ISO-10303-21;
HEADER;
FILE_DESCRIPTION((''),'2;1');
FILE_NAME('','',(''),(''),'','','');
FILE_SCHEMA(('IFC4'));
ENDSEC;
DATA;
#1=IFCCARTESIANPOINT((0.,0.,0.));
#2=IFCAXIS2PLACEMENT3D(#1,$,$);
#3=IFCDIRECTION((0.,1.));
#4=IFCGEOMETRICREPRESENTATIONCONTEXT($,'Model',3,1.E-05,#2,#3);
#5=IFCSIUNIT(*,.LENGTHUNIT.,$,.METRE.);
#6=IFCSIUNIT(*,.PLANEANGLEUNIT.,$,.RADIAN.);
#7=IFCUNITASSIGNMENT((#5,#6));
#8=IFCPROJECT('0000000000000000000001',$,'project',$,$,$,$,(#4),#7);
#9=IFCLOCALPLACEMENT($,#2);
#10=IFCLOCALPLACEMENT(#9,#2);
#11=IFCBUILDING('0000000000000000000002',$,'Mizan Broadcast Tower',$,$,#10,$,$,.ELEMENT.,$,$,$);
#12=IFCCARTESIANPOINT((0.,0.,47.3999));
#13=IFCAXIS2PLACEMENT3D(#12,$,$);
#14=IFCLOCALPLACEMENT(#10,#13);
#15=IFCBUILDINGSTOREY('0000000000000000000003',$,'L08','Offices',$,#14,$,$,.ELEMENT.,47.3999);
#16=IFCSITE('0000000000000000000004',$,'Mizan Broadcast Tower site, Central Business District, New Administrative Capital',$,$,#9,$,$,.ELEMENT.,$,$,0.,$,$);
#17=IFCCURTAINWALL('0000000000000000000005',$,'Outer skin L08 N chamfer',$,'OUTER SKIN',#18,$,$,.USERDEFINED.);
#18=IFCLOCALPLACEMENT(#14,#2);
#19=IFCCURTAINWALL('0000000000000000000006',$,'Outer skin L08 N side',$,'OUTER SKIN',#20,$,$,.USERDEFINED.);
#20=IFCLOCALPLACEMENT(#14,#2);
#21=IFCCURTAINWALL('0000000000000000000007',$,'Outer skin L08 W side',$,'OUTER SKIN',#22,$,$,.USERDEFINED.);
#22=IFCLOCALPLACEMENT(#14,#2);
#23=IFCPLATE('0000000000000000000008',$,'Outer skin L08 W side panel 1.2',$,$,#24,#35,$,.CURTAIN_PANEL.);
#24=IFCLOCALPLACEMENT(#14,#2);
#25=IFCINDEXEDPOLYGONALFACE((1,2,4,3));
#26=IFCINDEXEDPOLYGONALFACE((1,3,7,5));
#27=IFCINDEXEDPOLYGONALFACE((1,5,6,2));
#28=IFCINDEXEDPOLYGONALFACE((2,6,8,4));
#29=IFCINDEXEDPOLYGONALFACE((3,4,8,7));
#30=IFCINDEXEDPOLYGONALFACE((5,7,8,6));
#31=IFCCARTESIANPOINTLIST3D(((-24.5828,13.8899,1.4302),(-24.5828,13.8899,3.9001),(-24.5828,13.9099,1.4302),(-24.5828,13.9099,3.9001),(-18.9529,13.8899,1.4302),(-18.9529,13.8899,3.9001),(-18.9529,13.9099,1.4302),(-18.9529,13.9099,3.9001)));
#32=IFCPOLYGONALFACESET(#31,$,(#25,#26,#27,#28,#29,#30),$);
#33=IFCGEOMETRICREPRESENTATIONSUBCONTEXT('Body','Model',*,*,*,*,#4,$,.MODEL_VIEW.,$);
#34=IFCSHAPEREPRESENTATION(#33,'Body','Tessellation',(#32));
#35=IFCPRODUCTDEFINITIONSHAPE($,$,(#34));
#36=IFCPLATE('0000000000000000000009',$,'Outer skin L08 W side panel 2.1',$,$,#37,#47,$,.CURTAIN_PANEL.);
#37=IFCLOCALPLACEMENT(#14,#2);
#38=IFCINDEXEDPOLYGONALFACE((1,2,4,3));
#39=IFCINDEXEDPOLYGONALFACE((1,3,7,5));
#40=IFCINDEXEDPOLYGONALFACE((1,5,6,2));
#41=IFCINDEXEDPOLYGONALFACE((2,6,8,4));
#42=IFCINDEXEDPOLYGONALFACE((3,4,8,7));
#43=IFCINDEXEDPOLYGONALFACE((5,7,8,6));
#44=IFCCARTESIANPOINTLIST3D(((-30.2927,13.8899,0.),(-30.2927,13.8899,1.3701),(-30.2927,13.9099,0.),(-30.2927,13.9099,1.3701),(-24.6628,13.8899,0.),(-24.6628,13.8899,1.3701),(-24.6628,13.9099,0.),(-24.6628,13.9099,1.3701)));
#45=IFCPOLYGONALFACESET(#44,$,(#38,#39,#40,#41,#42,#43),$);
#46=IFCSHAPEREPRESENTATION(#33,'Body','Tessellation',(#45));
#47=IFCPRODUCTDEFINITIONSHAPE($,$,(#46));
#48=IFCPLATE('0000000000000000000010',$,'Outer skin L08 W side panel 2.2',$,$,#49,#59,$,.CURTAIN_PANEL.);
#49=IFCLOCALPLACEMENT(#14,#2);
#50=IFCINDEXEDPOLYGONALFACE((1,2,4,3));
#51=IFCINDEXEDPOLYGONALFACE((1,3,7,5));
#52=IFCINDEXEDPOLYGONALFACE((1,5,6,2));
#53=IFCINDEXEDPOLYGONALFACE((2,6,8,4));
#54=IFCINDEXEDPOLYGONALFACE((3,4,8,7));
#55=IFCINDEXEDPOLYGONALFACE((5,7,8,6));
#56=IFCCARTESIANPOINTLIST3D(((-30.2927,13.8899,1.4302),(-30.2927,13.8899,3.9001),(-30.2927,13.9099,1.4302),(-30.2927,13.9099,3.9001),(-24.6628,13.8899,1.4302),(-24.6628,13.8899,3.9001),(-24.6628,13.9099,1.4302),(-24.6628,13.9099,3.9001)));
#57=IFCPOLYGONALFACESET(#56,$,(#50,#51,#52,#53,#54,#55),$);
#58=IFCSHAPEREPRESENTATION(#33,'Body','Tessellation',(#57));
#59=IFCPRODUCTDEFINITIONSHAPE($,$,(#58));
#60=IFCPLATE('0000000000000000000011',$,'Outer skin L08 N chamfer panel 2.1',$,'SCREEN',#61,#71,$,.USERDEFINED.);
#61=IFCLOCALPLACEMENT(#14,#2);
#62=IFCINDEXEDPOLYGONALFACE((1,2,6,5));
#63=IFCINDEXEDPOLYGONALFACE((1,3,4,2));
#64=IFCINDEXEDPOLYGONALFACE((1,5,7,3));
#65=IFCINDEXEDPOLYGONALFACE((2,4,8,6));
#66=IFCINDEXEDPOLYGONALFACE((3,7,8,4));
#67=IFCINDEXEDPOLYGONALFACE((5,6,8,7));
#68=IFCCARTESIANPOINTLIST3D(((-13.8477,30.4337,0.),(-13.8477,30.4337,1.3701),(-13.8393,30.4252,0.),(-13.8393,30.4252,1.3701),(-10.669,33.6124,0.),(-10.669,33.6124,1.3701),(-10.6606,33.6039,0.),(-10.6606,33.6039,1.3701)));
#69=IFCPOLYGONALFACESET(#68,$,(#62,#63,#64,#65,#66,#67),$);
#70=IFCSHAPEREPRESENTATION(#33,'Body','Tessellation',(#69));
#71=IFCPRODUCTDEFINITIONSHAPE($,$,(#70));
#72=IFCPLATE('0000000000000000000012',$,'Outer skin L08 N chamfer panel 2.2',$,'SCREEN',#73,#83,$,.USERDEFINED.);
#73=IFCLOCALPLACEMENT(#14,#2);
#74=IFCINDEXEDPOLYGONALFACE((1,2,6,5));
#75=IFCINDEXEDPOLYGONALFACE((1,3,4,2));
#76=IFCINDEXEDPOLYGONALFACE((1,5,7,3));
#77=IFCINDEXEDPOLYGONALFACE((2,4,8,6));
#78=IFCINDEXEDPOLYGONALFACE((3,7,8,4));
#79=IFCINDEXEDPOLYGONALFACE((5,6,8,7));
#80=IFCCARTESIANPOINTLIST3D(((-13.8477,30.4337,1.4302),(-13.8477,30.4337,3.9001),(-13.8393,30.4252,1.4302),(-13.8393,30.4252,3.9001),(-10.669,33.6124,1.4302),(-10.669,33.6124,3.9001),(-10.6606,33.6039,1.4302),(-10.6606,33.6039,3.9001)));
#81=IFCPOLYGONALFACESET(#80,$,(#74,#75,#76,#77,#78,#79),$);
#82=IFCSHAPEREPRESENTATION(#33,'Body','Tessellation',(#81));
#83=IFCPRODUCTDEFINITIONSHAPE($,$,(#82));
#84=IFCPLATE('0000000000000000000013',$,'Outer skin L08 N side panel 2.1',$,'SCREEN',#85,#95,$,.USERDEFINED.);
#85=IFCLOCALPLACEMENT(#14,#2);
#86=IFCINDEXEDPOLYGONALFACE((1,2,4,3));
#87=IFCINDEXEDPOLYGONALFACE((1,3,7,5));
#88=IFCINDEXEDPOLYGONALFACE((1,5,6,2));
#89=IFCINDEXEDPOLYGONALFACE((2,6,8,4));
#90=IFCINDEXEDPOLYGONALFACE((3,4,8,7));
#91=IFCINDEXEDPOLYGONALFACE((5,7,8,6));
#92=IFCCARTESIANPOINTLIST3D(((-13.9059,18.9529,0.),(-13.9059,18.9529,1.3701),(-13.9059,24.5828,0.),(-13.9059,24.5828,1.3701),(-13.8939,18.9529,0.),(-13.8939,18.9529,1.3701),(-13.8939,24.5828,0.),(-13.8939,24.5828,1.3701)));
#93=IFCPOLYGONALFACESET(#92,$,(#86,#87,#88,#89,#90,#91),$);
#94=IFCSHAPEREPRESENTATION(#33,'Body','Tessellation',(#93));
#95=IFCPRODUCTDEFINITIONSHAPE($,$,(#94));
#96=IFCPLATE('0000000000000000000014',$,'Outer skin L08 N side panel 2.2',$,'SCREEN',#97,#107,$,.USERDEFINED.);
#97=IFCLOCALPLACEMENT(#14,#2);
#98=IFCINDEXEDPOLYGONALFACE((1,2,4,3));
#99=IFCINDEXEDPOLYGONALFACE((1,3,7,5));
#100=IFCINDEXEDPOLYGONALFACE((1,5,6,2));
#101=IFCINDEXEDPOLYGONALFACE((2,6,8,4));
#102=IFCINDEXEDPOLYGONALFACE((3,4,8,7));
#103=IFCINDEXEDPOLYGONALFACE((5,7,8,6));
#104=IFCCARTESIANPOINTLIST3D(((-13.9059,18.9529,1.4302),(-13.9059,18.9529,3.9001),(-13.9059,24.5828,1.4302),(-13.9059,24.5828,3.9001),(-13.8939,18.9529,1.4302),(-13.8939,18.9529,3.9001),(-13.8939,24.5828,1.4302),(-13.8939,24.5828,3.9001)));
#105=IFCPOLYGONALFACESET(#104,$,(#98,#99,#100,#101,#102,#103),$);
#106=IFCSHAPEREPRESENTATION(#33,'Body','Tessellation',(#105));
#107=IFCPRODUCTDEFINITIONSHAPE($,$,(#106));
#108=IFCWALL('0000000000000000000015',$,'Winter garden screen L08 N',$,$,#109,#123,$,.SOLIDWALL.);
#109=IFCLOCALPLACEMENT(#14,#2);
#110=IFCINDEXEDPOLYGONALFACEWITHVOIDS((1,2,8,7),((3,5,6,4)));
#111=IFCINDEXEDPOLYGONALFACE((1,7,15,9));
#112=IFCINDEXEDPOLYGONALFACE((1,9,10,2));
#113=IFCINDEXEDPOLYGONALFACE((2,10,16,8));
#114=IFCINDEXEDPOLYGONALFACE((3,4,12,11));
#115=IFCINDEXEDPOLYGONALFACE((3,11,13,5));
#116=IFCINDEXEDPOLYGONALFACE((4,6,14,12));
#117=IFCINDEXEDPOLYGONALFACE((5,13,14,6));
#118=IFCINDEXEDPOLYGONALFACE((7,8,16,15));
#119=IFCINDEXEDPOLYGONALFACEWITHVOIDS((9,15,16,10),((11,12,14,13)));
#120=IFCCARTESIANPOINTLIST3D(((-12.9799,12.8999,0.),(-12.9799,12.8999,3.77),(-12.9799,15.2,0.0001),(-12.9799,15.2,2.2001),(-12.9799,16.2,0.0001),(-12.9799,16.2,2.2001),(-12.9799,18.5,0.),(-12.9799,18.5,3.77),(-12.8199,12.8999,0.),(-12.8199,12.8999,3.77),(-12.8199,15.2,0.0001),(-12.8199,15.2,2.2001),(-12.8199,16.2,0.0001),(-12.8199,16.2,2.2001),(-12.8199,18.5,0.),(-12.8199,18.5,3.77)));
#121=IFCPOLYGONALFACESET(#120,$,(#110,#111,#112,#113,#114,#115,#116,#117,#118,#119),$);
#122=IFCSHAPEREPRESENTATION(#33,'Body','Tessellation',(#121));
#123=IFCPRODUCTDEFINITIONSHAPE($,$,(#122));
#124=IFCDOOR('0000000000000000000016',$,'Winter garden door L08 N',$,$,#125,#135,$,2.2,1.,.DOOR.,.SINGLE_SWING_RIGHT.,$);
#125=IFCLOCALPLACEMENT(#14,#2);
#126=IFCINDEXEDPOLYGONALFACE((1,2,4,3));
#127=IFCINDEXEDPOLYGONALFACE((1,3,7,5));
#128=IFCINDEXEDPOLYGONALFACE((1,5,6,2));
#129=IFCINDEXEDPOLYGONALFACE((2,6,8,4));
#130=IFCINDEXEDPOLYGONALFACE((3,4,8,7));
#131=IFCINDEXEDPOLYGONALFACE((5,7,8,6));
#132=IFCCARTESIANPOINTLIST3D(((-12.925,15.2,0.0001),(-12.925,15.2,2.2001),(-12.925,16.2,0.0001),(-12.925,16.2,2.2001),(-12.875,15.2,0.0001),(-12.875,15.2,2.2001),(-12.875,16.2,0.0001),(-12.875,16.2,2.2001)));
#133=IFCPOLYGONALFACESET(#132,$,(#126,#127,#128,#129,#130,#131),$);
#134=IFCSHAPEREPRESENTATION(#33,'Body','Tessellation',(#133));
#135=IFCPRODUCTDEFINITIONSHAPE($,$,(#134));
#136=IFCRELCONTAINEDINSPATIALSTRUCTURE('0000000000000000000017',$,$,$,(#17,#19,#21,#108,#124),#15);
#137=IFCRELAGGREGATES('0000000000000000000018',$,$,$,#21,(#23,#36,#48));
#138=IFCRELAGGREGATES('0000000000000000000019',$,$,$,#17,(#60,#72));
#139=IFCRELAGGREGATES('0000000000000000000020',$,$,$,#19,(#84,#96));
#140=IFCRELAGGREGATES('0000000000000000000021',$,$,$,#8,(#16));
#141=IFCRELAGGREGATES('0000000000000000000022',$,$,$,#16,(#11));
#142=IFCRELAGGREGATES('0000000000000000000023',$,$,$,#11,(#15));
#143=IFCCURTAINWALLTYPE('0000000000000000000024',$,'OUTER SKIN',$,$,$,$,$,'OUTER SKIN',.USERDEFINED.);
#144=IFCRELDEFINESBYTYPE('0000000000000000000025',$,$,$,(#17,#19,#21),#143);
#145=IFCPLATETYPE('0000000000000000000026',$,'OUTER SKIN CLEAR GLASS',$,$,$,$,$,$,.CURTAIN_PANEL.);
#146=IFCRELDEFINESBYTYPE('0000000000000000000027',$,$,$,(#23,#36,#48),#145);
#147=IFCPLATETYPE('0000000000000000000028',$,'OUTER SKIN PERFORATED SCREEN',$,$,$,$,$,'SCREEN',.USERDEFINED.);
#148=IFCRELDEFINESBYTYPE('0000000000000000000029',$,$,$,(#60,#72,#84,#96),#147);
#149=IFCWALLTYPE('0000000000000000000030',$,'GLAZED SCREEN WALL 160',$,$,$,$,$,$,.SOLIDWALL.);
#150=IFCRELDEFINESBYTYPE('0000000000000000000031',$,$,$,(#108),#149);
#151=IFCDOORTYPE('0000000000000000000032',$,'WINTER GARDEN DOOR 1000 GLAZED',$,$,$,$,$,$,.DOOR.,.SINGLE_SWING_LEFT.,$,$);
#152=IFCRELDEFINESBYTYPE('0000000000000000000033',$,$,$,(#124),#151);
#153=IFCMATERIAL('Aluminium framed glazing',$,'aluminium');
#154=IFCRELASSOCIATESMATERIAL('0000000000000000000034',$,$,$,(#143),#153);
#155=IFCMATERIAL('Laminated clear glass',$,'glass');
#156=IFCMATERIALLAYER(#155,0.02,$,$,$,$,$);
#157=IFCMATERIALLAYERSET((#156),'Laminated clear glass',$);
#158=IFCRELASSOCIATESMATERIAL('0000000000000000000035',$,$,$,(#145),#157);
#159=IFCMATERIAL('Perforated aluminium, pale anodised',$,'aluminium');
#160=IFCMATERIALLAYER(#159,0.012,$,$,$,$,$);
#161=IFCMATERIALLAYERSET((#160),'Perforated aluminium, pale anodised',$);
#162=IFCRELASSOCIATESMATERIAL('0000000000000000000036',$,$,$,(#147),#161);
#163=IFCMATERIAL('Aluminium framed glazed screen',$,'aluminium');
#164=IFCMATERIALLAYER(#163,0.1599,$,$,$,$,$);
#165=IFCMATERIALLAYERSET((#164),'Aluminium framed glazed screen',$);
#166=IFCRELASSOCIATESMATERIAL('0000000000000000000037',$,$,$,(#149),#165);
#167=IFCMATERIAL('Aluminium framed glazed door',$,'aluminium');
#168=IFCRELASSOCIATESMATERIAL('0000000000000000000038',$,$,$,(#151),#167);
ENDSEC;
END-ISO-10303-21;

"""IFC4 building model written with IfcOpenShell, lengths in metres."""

from ifc_helpers import new_model, si_unit, direction, frame, frame_2d, origin, origin_2d, place, context, subcontext, project, spatial, rectangle, extrude, material, layer, layer_set, type_object, element, fill, aggregate, save


model = new_model("IFC4")

# Units and contexts
model_context = context("Model", 3, precision=1e-05, world=origin(), true_north=direction((0.0, 1.0)))
body_context = subcontext(model_context, "Body", "Model", "MODEL_VIEW")
ifc_project = project(units=[si_unit("LENGTHUNIT", "METRE"), si_unit("PLANEANGLEUNIT", "RADIAN")], contexts=[model_context])

# Site, building, storey
site_placement = place(None, origin())
site = spatial("IfcSite", under=ifc_project, at=site_placement, Name="Mizan Broadcast Tower site, Central Business District, New Administrative Capital", CompositionType="ELEMENT", RefElevation=0.0)
building_placement = place(site_placement, origin())
building = spatial("IfcBuilding", under=site, at=building_placement, Name="Mizan Broadcast Tower", CompositionType="ELEMENT")
storey_placement = place(building_placement, frame((0.0, 0.0, 47.3999)))
storey = spatial("IfcBuildingStorey", under=building, at=storey_placement, Name="L08", Description="Offices", CompositionType="ELEMENT", Elevation=47.3999)

# Curtain wall
ifc_material_1 = material(Name="Aluminium framed glazing", Category="aluminium")
curtain_wall_type_1 = type_object("IfcCurtainWallType", Name="OUTER SKIN", ElementType="OUTER SKIN", PredefinedType="USERDEFINED", material=ifc_material_1)
curtain_wall_1_placement = place(storey_placement, origin())
curtain_wall_1 = element("IfcCurtainWall", 1, at=curtain_wall_1_placement, inside=storey, type_object=curtain_wall_type_1, Name="Outer skin L08 N chamfer", ObjectType="OUTER SKIN", PredefinedType="USERDEFINED")

# Curtain wall
curtain_wall_2_placement = place(storey_placement, origin())
curtain_wall_2 = element("IfcCurtainWall", 2, at=curtain_wall_2_placement, inside=storey, type_object=curtain_wall_type_1, Name="Outer skin L08 N side", ObjectType="OUTER SKIN", PredefinedType="USERDEFINED")

# Curtain wall
curtain_wall_3_placement = place(storey_placement, origin())
curtain_wall_3 = element("IfcCurtainWall", 3, at=curtain_wall_3_placement, inside=storey, type_object=curtain_wall_type_1, Name="Outer skin L08 W side", ObjectType="OUTER SKIN", PredefinedType="USERDEFINED")

# Plates
ifc_material_2 = material(Name="Laminated clear glass", Category="glass")
ifc_layer_1 = layer(ifc_material_2, 0.02)
ifc_layer_set_1 = layer_set([ifc_layer_1], Name="Laminated clear glass")
plate_type_1 = type_object("IfcPlateType", Name="OUTER SKIN CLEAR GLASS", PredefinedType="CURTAIN_PANEL", material=ifc_layer_set_1)
plate_1_placement = place(storey_placement, frame((-21.7678, 13.8999, 1.4302), z_axis=(0.0, 0.0, 1.0), x_axis=(-1.0, 0.0, 0.0)))
plate_1 = element("IfcPlate", 4, at=plate_1_placement, type_object=plate_type_1, Name="Outer skin L08 W side panel 1.2", PredefinedType="CURTAIN_PANEL", context=body_context, shape_type="SweptSolid", body=[
    extrude(rectangle(XDim=5.6299, YDim=0.02, at=origin_2d()), origin(), (0.0, 0.0, 1.0), 2.47),
])
plate_2_placement = place(storey_placement, frame((-27.4778, 13.8999, 0.0), z_axis=(0.0, 0.0, 1.0), x_axis=(-1.0, 0.0, 0.0)))
plate_2 = element("IfcPlate", 5, at=plate_2_placement, type_object=plate_type_1, Name="Outer skin L08 W side panel 2.1", PredefinedType="CURTAIN_PANEL", context=body_context, shape_type="SweptSolid", body=[
    extrude(rectangle(XDim=5.6299, YDim=0.02, at=origin_2d()), origin(), (0.0, 0.0, 1.0), 1.3701),
])
plate_3_placement = place(storey_placement, frame((-27.4778, 13.8999, 1.4302), z_axis=(0.0, 0.0, 1.0), x_axis=(-1.0, 0.0, 0.0)))
plate_3 = element("IfcPlate", 6, at=plate_3_placement, type_object=plate_type_1, Name="Outer skin L08 W side panel 2.2", PredefinedType="CURTAIN_PANEL", context=body_context, shape_type="SweptSolid", body=[
    extrude(rectangle(XDim=5.6299, YDim=0.02, at=origin_2d()), origin(), (0.0, 0.0, 1.0), 2.47),
])
aggregate(curtain_wall_3, [plate_1, plate_2, plate_3])
ifc_material_3 = material(Name="Perforated aluminium, pale anodised", Category="aluminium")
ifc_layer_2 = layer(ifc_material_3, 0.012)
ifc_layer_set_2 = layer_set([ifc_layer_2], Name="Perforated aluminium, pale anodised")
plate_type_2 = type_object("IfcPlateType", Name="OUTER SKIN PERFORATED SCREEN", ElementType="SCREEN", PredefinedType="USERDEFINED", material=ifc_layer_set_2)
plate_4_placement = place(storey_placement, frame((-12.2542, 32.0188, 0.0), z_axis=(0.0, 0.0, 1.0), x_axis=(-0.707107, -0.707107, 0.0)))
plate_4 = element("IfcPlate", 7, at=plate_4_placement, type_object=plate_type_2, Name="Outer skin L08 N chamfer panel 2.1", ObjectType="SCREEN", PredefinedType="USERDEFINED", context=body_context, shape_type="SweptSolid", body=[
    extrude(rectangle(XDim=4.4954, YDim=0.012, at=origin_2d()), origin(), (0.0, 0.0, 1.0), 1.3701),
])
plate_5_placement = place(storey_placement, frame((-12.2542, 32.0188, 1.4302), z_axis=(0.0, 0.0, 1.0), x_axis=(-0.707107, -0.707107, 0.0)))
plate_5 = element("IfcPlate", 8, at=plate_5_placement, type_object=plate_type_2, Name="Outer skin L08 N chamfer panel 2.2", ObjectType="SCREEN", PredefinedType="USERDEFINED", context=body_context, shape_type="SweptSolid", body=[
    extrude(rectangle(XDim=4.4954, YDim=0.012, at=origin_2d()), origin(), (0.0, 0.0, 1.0), 2.47),
])
aggregate(curtain_wall_1, [plate_4, plate_5])
plate_6_placement = place(storey_placement, frame((-13.8999, 21.7678, 0.0), z_axis=(0.0, 0.0, 1.0), x_axis=(0.0, -1.0, 0.0)))
plate_6 = element("IfcPlate", 9, at=plate_6_placement, type_object=plate_type_2, Name="Outer skin L08 N side panel 2.1", ObjectType="SCREEN", PredefinedType="USERDEFINED", context=body_context, shape_type="SweptSolid", body=[
    extrude(rectangle(XDim=5.6299, YDim=0.012, at=origin_2d()), origin(), (0.0, 0.0, 1.0), 1.3701),
])
plate_7_placement = place(storey_placement, frame((-13.8999, 21.7678, 1.4302), z_axis=(0.0, 0.0, 1.0), x_axis=(0.0, -1.0, 0.0)))
plate_7 = element("IfcPlate", 10, at=plate_7_placement, type_object=plate_type_2, Name="Outer skin L08 N side panel 2.2", ObjectType="SCREEN", PredefinedType="USERDEFINED", context=body_context, shape_type="SweptSolid", body=[
    extrude(rectangle(XDim=5.6299, YDim=0.012, at=origin_2d()), origin(), (0.0, 0.0, 1.0), 2.47),
])
aggregate(curtain_wall_2, [plate_6, plate_7])

# Wall, opening, door
ifc_material_4 = material(Name="Aluminium framed glazed screen", Category="aluminium")
ifc_layer_3 = layer(ifc_material_4, 0.1599)
ifc_layer_set_3 = layer_set([ifc_layer_3], Name="Aluminium framed glazed screen")
wall_type = type_object("IfcWallType", Name="GLAZED SCREEN WALL 160", PredefinedType="SOLIDWALL", material=ifc_layer_set_3)
wall_placement = place(storey_placement, frame((-12.8999, 18.5, 0.0), z_axis=(0.0, 0.0, 1.0), x_axis=(0.0, -1.0, 0.0)))
wall = element("IfcWall", 11, at=wall_placement, inside=storey, type_object=wall_type, Name="Winter garden screen L08 N", PredefinedType="SOLIDWALL", context=body_context, shape_type="SweptSolid", body=[
    extrude(rectangle(XDim=5.6001, YDim=0.1599, at=frame_2d((2.8, 0.0))), origin(), (0.0, 0.0, 1.0), 3.77),
])
opening_placement = place(wall_placement, frame((2.3, 0.0, 0.0)))
opening = element("IfcOpeningElement", 12, at=opening_placement, cuts=wall, PredefinedType="OPENING", context=body_context, shape_type="SweptSolid", body=[
    extrude(rectangle(XDim=1.0, YDim=2.2, at=frame_2d((0.5, 1.1001))), frame((0.0, 0.0898, 0.0), z_axis=(0.0, -1.0, 0.0), x_axis=(1.0, 0.0, 0.0)), (0.0, 0.0, 1.0), 0.1799),
])
ifc_material_5 = material(Name="Aluminium framed glazed door", Category="aluminium")
door_type = type_object("IfcDoorType", Name="WINTER GARDEN DOOR 1000 GLAZED", OperationType="SINGLE_SWING_LEFT", PredefinedType="DOOR", material=ifc_material_5)
door_placement = place(opening_placement, origin())
door = element("IfcDoor", 13, at=door_placement, inside=storey, type_object=door_type, Name="Winter garden door L08 N", OperationType="SINGLE_SWING_RIGHT", OverallHeight=2.2, OverallWidth=1.0, PredefinedType="DOOR", context=body_context, shape_type="SweptSolid", body=[
    extrude(rectangle(XDim=1.0, YDim=2.2, at=frame_2d((0.5, 1.1001))), frame((0.0, 0.0249, 0.0), z_axis=(0.0, -1.0, 0.0), x_axis=(1.0, 0.0, 0.0)), (0.0, 0.0, 1.0), 0.05),
])
fill(opening, door)

save(model, "model.ifc")
